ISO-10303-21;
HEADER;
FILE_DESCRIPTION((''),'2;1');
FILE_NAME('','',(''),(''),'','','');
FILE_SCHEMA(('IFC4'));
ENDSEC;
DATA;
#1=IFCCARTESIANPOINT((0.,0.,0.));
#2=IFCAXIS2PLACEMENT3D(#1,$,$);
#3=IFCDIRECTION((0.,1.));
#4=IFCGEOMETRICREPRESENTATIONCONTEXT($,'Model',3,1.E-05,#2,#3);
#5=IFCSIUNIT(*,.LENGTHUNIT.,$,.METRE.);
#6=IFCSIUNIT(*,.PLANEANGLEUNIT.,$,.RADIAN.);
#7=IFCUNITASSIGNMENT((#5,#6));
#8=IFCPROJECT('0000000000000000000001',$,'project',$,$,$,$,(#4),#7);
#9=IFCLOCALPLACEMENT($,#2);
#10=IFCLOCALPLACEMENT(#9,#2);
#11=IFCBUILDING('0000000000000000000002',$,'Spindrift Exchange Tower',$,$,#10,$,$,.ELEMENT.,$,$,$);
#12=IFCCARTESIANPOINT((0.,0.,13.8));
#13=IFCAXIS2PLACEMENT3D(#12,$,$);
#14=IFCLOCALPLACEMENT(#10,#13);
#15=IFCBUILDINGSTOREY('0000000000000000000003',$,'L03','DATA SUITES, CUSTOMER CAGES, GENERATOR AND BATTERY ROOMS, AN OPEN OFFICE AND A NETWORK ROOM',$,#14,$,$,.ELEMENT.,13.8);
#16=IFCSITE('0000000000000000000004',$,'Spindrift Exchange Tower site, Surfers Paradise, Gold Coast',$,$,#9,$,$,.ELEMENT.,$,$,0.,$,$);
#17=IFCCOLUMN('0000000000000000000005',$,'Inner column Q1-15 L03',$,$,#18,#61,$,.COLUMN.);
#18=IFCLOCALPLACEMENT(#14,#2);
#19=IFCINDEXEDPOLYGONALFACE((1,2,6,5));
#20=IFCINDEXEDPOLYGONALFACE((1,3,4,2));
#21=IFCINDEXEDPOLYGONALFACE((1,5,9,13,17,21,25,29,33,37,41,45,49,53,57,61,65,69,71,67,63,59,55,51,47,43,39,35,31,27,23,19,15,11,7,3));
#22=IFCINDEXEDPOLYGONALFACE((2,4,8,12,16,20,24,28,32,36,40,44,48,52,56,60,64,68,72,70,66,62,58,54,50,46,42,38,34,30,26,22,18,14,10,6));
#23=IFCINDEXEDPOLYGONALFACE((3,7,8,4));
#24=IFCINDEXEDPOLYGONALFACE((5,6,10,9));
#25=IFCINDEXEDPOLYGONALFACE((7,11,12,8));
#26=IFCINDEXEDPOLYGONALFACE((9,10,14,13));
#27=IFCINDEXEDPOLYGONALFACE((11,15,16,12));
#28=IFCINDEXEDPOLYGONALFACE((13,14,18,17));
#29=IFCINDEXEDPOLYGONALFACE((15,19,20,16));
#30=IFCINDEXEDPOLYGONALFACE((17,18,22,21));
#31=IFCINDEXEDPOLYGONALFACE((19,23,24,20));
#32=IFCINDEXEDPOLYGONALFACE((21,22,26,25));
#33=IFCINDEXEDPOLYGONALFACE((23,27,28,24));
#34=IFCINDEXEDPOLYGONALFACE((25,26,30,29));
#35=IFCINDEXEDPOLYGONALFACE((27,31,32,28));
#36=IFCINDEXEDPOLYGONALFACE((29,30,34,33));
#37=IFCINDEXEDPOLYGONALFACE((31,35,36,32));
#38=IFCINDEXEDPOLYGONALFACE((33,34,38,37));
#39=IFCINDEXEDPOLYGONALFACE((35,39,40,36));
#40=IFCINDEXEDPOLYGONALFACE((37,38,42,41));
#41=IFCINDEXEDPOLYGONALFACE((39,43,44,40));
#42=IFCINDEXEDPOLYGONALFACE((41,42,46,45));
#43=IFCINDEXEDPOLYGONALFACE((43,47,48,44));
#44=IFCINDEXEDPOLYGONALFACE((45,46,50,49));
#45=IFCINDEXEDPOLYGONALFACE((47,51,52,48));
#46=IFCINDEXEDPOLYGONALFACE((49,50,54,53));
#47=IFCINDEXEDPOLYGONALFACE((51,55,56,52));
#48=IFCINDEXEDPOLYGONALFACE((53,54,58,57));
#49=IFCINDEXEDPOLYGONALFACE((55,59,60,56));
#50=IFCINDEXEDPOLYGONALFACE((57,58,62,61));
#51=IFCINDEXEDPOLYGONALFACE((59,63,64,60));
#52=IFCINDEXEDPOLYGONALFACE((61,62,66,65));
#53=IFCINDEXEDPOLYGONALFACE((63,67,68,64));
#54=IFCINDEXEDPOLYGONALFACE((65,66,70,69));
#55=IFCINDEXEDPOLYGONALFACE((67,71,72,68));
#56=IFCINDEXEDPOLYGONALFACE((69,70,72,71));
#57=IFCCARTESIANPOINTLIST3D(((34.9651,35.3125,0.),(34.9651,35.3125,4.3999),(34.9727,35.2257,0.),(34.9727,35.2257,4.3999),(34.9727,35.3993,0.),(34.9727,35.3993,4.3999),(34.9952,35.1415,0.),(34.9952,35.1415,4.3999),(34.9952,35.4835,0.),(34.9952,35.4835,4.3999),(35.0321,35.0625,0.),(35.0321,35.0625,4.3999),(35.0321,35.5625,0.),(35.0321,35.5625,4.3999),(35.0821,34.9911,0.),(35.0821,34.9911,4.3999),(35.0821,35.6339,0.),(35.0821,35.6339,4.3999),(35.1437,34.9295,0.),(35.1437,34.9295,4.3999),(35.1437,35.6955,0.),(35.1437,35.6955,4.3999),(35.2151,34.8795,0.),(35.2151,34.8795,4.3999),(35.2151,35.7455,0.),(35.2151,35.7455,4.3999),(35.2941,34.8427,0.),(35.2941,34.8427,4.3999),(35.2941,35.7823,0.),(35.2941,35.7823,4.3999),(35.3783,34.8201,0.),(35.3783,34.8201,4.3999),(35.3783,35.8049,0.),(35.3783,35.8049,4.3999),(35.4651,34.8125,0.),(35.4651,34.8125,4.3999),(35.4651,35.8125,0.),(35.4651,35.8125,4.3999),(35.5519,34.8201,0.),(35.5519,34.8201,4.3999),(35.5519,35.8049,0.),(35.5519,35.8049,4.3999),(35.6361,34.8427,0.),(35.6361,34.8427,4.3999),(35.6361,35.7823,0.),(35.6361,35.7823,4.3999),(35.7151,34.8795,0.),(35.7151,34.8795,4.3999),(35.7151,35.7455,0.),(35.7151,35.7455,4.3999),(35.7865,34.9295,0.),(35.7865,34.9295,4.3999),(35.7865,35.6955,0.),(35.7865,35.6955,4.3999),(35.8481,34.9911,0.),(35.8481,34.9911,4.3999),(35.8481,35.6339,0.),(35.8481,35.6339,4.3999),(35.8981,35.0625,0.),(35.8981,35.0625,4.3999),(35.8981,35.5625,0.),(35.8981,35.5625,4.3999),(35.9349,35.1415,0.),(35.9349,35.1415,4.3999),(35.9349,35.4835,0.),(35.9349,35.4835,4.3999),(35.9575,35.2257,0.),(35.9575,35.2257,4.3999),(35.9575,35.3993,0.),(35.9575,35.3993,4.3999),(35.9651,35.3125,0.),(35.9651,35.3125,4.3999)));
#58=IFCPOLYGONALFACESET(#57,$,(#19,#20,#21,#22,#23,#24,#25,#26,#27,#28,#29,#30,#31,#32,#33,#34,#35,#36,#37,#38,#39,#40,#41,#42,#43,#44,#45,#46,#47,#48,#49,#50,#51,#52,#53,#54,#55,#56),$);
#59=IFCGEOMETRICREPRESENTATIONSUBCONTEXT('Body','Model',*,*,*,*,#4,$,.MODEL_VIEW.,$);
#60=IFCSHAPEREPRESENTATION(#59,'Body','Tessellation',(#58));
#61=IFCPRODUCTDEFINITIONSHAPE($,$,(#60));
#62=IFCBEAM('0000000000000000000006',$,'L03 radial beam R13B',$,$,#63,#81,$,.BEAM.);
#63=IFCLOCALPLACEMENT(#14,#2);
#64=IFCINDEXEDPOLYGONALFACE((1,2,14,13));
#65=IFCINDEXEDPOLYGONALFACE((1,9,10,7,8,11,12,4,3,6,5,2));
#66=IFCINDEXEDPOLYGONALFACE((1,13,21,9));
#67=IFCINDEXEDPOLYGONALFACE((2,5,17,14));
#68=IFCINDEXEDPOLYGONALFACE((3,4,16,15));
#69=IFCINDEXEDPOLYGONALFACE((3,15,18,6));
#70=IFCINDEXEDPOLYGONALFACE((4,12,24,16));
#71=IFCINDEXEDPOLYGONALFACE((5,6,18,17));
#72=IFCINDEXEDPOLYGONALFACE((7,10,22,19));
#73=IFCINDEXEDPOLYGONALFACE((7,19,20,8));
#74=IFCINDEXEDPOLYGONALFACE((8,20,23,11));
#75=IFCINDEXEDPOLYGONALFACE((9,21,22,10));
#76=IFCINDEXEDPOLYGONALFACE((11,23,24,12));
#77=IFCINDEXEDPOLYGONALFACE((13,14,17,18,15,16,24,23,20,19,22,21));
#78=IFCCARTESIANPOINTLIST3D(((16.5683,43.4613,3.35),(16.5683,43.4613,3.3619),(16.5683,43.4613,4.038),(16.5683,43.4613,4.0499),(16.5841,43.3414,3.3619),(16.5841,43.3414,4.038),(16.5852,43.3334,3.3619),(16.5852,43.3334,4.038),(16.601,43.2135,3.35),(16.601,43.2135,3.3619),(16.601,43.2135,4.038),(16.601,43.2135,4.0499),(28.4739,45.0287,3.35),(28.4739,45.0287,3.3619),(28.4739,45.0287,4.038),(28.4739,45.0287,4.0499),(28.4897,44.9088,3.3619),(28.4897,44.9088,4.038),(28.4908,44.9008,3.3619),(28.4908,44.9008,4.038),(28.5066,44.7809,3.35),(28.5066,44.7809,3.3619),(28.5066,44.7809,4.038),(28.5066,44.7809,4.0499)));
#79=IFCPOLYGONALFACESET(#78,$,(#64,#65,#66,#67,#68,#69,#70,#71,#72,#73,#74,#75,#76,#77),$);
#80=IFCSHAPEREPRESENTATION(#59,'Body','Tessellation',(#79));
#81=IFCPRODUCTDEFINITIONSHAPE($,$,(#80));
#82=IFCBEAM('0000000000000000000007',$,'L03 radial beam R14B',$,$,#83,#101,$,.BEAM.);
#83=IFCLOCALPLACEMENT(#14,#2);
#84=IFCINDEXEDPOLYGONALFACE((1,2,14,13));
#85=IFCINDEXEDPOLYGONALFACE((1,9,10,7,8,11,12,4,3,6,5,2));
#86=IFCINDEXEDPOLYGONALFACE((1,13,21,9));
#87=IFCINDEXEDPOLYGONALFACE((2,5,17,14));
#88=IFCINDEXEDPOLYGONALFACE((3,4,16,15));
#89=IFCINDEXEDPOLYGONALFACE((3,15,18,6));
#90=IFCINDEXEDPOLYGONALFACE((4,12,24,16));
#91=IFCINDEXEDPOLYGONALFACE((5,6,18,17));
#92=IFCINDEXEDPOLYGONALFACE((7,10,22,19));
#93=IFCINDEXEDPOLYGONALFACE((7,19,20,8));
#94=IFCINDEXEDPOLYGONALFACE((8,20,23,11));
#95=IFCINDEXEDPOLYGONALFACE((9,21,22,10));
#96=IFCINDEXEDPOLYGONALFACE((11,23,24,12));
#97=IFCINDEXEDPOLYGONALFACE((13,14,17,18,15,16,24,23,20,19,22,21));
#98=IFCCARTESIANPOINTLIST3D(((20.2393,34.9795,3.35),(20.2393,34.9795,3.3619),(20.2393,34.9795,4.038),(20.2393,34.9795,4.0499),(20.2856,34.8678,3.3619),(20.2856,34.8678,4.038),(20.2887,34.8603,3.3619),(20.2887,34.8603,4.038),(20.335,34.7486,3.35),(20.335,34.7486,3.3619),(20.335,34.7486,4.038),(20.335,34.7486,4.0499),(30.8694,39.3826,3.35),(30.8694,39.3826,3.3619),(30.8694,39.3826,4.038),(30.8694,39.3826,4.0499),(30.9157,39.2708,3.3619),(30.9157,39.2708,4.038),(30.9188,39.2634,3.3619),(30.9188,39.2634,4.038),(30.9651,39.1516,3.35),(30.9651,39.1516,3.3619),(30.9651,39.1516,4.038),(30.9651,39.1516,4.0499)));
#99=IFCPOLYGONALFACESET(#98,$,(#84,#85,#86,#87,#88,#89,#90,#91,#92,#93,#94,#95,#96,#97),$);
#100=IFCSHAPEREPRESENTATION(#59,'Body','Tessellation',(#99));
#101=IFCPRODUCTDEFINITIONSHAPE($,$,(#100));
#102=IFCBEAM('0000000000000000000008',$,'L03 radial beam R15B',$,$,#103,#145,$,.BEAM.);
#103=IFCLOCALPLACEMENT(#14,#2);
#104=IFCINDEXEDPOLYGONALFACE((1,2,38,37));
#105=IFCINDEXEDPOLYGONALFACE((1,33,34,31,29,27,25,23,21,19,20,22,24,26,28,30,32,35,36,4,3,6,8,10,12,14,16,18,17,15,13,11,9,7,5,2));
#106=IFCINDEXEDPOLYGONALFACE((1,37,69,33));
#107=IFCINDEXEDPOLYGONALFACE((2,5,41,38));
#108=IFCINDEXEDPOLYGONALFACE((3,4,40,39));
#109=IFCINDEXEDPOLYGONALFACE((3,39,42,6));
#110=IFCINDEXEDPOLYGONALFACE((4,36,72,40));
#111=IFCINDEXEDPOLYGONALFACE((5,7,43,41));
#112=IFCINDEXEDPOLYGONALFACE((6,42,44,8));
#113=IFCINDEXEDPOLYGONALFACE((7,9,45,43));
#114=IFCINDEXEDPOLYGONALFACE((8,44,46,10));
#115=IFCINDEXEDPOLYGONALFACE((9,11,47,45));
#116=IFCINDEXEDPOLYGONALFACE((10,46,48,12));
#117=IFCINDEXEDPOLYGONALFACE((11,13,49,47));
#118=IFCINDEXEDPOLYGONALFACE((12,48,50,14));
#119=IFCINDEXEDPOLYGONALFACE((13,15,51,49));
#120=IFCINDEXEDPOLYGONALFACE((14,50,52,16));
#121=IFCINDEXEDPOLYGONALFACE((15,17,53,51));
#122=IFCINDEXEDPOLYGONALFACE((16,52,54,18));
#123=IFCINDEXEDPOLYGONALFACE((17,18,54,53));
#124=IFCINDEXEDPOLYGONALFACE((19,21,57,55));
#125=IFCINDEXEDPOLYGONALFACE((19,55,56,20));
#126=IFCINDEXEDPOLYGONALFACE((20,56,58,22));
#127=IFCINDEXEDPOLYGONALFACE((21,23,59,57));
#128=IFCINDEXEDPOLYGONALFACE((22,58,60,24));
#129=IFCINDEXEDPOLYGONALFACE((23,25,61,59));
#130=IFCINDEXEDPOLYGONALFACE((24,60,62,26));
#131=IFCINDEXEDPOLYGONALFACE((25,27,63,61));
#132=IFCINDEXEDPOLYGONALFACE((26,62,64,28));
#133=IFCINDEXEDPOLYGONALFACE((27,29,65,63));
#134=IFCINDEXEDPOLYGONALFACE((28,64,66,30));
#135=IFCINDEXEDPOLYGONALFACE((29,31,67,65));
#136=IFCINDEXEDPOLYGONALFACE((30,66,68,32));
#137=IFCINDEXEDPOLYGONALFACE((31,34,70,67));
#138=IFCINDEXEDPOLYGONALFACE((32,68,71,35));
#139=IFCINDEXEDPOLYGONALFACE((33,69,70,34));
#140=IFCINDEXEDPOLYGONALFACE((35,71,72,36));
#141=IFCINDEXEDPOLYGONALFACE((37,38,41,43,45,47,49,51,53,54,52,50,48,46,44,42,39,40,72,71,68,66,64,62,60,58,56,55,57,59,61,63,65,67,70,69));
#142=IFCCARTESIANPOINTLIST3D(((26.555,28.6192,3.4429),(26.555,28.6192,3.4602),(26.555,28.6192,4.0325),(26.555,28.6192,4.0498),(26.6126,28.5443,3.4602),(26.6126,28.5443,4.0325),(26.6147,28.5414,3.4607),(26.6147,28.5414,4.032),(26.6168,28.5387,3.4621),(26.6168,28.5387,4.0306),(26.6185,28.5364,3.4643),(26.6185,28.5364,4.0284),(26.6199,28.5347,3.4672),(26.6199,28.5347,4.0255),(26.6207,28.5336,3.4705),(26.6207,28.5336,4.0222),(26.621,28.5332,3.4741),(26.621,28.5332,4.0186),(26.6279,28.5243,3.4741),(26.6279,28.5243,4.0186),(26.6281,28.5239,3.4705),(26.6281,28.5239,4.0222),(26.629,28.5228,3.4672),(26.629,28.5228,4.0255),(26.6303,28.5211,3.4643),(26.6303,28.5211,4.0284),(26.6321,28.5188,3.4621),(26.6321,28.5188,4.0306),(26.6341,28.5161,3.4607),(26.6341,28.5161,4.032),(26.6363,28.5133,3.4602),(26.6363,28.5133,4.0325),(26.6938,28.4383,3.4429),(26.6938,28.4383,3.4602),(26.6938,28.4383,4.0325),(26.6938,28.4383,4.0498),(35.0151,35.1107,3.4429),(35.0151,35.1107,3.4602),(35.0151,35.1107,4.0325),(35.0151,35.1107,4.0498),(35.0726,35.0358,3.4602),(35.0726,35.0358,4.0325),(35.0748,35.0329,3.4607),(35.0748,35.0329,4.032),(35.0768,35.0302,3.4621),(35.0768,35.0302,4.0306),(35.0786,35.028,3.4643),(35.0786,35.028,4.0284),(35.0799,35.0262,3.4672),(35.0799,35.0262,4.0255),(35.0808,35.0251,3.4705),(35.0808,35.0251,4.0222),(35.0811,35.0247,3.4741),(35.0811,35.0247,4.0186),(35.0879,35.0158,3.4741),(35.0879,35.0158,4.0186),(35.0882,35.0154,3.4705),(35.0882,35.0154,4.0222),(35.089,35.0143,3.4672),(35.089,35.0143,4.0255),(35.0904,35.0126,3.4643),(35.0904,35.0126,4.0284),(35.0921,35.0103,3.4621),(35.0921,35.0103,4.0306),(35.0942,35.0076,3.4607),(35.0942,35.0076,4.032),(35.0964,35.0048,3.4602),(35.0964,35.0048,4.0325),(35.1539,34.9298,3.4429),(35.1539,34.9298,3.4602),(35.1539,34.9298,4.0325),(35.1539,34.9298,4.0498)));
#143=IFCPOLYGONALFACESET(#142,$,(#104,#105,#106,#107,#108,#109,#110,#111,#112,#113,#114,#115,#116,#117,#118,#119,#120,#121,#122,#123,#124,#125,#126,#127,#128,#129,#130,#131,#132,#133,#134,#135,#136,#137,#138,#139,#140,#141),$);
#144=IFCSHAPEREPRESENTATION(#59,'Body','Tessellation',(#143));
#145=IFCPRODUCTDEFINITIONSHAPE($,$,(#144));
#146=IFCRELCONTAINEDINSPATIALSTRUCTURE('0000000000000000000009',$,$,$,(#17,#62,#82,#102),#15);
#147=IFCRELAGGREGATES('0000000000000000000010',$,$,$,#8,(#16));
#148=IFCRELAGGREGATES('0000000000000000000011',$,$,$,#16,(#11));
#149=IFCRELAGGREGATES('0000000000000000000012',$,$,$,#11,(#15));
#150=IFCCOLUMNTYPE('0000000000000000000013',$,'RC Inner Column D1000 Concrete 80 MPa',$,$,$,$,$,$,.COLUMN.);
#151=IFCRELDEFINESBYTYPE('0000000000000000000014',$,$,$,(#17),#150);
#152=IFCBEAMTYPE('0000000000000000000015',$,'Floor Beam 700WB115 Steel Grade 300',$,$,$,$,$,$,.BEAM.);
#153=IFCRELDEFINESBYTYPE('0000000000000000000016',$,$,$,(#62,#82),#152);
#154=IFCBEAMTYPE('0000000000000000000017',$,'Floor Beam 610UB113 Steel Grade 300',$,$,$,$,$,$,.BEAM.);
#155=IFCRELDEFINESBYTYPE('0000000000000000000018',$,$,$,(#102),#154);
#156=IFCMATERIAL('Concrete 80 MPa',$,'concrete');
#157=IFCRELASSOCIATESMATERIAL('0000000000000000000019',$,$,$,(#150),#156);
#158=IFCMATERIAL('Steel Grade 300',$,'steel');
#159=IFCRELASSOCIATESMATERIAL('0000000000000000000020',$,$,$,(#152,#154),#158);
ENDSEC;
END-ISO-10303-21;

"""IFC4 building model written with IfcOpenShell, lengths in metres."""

from ifc_helpers import new_model, si_unit, direction, frame, origin, origin_2d, place, context, subcontext, project, spatial, circle, i_section, extrude, source, transform, mapped, material, material_profile, profile_set, type_object, element, save


model = new_model("IFC4")

# Units and contexts
model_context = context("Model", 3, precision=1e-05, world=origin(), true_north=direction((0.0, 1.0)))
body_context = subcontext(model_context, "Body", "Model", "MODEL_VIEW")
ifc_project = project(units=[si_unit("LENGTHUNIT", "METRE"), si_unit("PLANEANGLEUNIT", "RADIAN")], contexts=[model_context])

# Site, building, storey
site_placement = place(None, origin())
site = spatial("IfcSite", under=ifc_project, at=site_placement, Name="Spindrift Exchange Tower site, Surfers Paradise, Gold Coast", CompositionType="ELEMENT", RefElevation=0.0)
building_placement = place(site_placement, origin())
building = spatial("IfcBuilding", under=site, at=building_placement, Name="Spindrift Exchange Tower", CompositionType="ELEMENT")
storey_placement = place(building_placement, frame((0.0, 0.0, 13.8)))
storey = spatial("IfcBuildingStorey", under=building, at=storey_placement, Name="L03", Description="DATA SUITES, CUSTOMER CAGES, GENERATOR AND BATTERY ROOMS, AN OPEN OFFICE AND A NETWORK ROOM", CompositionType="ELEMENT", Elevation=13.8)

# Column
ifc_material_1 = material(Name="Concrete 80 MPa", Category="concrete")
ifc_material_profile_1 = material_profile(ifc_material_1, circle(Radius=0.5, at=origin_2d()), Name="RC D1000")
ifc_profile_set_1 = profile_set([ifc_material_profile_1], Name="Concrete 80 MPa")
column_type_1 = type_object("IfcColumnType", Name="RC Inner Column D1000 Concrete 80 MPa", PredefinedType="COLUMN", material=ifc_profile_set_1)
shared_shape_1 = source(origin(), body_context, "Body", "SweptSolid", [
    extrude(circle(Radius=0.5, at=origin_2d()), origin(), (0.0, 0.0, 1.0), 4.3999),
])
for number, where, z_axis, x_axis, name in (
    (1, (35.4651, 35.3125, 0.0), (0.0, 0.0, 1.0), (1.0, 0.0, 0.0), "Inner column Q1-15 L03"),
):
    element("IfcColumn", number, at=place(storey_placement, frame(where, z_axis=z_axis, x_axis=x_axis)), inside=storey, type_object=column_type_1, Name=name, PredefinedType="COLUMN", context=body_context, shape_type="MappedRepresentation", body=[
        mapped(shared_shape_1, transform((0.0, 0.0, 0.0), scale=1.0)),
    ])

# Beams
ifc_material_2 = material(Name="Steel Grade 300", Category="steel")
ifc_material_profile_2 = material_profile(ifc_material_2, i_section(OverallWidth=0.25, OverallDepth=0.7, WebThickness=0.0081, FlangeThickness=0.012, at=origin_2d()), Name="700WB115")
ifc_profile_set_2 = profile_set([ifc_material_profile_2], Name="Steel Grade 300")
beam_type_1 = type_object("IfcBeamType", Name="Floor Beam 700WB115 Steel Grade 300", PredefinedType="BEAM", material=ifc_profile_set_2)
shared_shape_2 = source(origin(), body_context, "Body", "SweptSolid", [
    extrude(i_section(OverallWidth=0.25, OverallDepth=0.7, WebThickness=0.0081, FlangeThickness=0.012, at=origin_2d()), origin(), (0.0, 0.0, 1.0), 12.0083),
])
beam_1_placement = place(storey_placement, frame((28.4902, 44.9048, 3.7), z_axis=(-0.991445, -0.130526, 0.0), x_axis=(0.130526, -0.991445, 0.0)))
element("IfcBeam", 2, at=beam_1_placement, inside=storey, type_object=beam_type_1, Name="L03 radial beam R13B", PredefinedType="BEAM", context=body_context, shape_type="MappedRepresentation", body=[
    mapped(shared_shape_2, transform((0.0, 0.0, 0.0), scale=1.0)),
])
shared_shape_3 = source(origin(), body_context, "Body", "SweptSolid", [
    extrude(i_section(OverallWidth=0.25, OverallDepth=0.7, WebThickness=0.0081, FlangeThickness=0.012, at=origin_2d()), origin(), (0.0, 0.0, 1.0), 11.5059),
])
beam_2_placement = place(storey_placement, frame((30.9172, 39.2671, 3.7), z_axis=(-0.923882, -0.382678, 0.0), x_axis=(0.382678, -0.923882, 0.0)))
element("IfcBeam", 3, at=beam_2_placement, inside=storey, type_object=beam_type_1, Name="L03 radial beam R14B", PredefinedType="BEAM", context=body_context, shape_type="MappedRepresentation", body=[
    mapped(shared_shape_3, transform((0.0, 0.0, 0.0), scale=1.0)),
])
ifc_material_profile_3 = material_profile(ifc_material_2, i_section(OverallWidth=0.228, OverallDepth=0.6069, WebThickness=0.0112, FlangeThickness=0.0173, FilletRadius=0.0139, at=origin_2d()), Name="610UB113")
ifc_profile_set_3 = profile_set([ifc_material_profile_3], Name="Steel Grade 300")
beam_type_2 = type_object("IfcBeamType", Name="Floor Beam 610UB113 Steel Grade 300", PredefinedType="BEAM", material=ifc_profile_set_3)
shared_shape_4 = source(origin(), body_context, "Body", "SweptSolid", [
    extrude(i_section(OverallWidth=0.228, OverallDepth=0.6069, WebThickness=0.0112, FlangeThickness=0.0173, FilletRadius=0.0139, at=origin_2d()), origin(), (0.0, 0.0, 1.0), 10.6636),
])
beam_3_placement = place(storey_placement, frame((35.0845, 35.0203, 3.7463), z_axis=(-0.793358, -0.608755, 0.0), x_axis=(0.608755, -0.793358, 0.0)))
element("IfcBeam", 4, at=beam_3_placement, inside=storey, type_object=beam_type_2, Name="L03 radial beam R15B", PredefinedType="BEAM", context=body_context, shape_type="MappedRepresentation", body=[
    mapped(shared_shape_4, transform((0.0, 0.0, 0.0), scale=1.0)),
])

save(model, "model.ifc")
